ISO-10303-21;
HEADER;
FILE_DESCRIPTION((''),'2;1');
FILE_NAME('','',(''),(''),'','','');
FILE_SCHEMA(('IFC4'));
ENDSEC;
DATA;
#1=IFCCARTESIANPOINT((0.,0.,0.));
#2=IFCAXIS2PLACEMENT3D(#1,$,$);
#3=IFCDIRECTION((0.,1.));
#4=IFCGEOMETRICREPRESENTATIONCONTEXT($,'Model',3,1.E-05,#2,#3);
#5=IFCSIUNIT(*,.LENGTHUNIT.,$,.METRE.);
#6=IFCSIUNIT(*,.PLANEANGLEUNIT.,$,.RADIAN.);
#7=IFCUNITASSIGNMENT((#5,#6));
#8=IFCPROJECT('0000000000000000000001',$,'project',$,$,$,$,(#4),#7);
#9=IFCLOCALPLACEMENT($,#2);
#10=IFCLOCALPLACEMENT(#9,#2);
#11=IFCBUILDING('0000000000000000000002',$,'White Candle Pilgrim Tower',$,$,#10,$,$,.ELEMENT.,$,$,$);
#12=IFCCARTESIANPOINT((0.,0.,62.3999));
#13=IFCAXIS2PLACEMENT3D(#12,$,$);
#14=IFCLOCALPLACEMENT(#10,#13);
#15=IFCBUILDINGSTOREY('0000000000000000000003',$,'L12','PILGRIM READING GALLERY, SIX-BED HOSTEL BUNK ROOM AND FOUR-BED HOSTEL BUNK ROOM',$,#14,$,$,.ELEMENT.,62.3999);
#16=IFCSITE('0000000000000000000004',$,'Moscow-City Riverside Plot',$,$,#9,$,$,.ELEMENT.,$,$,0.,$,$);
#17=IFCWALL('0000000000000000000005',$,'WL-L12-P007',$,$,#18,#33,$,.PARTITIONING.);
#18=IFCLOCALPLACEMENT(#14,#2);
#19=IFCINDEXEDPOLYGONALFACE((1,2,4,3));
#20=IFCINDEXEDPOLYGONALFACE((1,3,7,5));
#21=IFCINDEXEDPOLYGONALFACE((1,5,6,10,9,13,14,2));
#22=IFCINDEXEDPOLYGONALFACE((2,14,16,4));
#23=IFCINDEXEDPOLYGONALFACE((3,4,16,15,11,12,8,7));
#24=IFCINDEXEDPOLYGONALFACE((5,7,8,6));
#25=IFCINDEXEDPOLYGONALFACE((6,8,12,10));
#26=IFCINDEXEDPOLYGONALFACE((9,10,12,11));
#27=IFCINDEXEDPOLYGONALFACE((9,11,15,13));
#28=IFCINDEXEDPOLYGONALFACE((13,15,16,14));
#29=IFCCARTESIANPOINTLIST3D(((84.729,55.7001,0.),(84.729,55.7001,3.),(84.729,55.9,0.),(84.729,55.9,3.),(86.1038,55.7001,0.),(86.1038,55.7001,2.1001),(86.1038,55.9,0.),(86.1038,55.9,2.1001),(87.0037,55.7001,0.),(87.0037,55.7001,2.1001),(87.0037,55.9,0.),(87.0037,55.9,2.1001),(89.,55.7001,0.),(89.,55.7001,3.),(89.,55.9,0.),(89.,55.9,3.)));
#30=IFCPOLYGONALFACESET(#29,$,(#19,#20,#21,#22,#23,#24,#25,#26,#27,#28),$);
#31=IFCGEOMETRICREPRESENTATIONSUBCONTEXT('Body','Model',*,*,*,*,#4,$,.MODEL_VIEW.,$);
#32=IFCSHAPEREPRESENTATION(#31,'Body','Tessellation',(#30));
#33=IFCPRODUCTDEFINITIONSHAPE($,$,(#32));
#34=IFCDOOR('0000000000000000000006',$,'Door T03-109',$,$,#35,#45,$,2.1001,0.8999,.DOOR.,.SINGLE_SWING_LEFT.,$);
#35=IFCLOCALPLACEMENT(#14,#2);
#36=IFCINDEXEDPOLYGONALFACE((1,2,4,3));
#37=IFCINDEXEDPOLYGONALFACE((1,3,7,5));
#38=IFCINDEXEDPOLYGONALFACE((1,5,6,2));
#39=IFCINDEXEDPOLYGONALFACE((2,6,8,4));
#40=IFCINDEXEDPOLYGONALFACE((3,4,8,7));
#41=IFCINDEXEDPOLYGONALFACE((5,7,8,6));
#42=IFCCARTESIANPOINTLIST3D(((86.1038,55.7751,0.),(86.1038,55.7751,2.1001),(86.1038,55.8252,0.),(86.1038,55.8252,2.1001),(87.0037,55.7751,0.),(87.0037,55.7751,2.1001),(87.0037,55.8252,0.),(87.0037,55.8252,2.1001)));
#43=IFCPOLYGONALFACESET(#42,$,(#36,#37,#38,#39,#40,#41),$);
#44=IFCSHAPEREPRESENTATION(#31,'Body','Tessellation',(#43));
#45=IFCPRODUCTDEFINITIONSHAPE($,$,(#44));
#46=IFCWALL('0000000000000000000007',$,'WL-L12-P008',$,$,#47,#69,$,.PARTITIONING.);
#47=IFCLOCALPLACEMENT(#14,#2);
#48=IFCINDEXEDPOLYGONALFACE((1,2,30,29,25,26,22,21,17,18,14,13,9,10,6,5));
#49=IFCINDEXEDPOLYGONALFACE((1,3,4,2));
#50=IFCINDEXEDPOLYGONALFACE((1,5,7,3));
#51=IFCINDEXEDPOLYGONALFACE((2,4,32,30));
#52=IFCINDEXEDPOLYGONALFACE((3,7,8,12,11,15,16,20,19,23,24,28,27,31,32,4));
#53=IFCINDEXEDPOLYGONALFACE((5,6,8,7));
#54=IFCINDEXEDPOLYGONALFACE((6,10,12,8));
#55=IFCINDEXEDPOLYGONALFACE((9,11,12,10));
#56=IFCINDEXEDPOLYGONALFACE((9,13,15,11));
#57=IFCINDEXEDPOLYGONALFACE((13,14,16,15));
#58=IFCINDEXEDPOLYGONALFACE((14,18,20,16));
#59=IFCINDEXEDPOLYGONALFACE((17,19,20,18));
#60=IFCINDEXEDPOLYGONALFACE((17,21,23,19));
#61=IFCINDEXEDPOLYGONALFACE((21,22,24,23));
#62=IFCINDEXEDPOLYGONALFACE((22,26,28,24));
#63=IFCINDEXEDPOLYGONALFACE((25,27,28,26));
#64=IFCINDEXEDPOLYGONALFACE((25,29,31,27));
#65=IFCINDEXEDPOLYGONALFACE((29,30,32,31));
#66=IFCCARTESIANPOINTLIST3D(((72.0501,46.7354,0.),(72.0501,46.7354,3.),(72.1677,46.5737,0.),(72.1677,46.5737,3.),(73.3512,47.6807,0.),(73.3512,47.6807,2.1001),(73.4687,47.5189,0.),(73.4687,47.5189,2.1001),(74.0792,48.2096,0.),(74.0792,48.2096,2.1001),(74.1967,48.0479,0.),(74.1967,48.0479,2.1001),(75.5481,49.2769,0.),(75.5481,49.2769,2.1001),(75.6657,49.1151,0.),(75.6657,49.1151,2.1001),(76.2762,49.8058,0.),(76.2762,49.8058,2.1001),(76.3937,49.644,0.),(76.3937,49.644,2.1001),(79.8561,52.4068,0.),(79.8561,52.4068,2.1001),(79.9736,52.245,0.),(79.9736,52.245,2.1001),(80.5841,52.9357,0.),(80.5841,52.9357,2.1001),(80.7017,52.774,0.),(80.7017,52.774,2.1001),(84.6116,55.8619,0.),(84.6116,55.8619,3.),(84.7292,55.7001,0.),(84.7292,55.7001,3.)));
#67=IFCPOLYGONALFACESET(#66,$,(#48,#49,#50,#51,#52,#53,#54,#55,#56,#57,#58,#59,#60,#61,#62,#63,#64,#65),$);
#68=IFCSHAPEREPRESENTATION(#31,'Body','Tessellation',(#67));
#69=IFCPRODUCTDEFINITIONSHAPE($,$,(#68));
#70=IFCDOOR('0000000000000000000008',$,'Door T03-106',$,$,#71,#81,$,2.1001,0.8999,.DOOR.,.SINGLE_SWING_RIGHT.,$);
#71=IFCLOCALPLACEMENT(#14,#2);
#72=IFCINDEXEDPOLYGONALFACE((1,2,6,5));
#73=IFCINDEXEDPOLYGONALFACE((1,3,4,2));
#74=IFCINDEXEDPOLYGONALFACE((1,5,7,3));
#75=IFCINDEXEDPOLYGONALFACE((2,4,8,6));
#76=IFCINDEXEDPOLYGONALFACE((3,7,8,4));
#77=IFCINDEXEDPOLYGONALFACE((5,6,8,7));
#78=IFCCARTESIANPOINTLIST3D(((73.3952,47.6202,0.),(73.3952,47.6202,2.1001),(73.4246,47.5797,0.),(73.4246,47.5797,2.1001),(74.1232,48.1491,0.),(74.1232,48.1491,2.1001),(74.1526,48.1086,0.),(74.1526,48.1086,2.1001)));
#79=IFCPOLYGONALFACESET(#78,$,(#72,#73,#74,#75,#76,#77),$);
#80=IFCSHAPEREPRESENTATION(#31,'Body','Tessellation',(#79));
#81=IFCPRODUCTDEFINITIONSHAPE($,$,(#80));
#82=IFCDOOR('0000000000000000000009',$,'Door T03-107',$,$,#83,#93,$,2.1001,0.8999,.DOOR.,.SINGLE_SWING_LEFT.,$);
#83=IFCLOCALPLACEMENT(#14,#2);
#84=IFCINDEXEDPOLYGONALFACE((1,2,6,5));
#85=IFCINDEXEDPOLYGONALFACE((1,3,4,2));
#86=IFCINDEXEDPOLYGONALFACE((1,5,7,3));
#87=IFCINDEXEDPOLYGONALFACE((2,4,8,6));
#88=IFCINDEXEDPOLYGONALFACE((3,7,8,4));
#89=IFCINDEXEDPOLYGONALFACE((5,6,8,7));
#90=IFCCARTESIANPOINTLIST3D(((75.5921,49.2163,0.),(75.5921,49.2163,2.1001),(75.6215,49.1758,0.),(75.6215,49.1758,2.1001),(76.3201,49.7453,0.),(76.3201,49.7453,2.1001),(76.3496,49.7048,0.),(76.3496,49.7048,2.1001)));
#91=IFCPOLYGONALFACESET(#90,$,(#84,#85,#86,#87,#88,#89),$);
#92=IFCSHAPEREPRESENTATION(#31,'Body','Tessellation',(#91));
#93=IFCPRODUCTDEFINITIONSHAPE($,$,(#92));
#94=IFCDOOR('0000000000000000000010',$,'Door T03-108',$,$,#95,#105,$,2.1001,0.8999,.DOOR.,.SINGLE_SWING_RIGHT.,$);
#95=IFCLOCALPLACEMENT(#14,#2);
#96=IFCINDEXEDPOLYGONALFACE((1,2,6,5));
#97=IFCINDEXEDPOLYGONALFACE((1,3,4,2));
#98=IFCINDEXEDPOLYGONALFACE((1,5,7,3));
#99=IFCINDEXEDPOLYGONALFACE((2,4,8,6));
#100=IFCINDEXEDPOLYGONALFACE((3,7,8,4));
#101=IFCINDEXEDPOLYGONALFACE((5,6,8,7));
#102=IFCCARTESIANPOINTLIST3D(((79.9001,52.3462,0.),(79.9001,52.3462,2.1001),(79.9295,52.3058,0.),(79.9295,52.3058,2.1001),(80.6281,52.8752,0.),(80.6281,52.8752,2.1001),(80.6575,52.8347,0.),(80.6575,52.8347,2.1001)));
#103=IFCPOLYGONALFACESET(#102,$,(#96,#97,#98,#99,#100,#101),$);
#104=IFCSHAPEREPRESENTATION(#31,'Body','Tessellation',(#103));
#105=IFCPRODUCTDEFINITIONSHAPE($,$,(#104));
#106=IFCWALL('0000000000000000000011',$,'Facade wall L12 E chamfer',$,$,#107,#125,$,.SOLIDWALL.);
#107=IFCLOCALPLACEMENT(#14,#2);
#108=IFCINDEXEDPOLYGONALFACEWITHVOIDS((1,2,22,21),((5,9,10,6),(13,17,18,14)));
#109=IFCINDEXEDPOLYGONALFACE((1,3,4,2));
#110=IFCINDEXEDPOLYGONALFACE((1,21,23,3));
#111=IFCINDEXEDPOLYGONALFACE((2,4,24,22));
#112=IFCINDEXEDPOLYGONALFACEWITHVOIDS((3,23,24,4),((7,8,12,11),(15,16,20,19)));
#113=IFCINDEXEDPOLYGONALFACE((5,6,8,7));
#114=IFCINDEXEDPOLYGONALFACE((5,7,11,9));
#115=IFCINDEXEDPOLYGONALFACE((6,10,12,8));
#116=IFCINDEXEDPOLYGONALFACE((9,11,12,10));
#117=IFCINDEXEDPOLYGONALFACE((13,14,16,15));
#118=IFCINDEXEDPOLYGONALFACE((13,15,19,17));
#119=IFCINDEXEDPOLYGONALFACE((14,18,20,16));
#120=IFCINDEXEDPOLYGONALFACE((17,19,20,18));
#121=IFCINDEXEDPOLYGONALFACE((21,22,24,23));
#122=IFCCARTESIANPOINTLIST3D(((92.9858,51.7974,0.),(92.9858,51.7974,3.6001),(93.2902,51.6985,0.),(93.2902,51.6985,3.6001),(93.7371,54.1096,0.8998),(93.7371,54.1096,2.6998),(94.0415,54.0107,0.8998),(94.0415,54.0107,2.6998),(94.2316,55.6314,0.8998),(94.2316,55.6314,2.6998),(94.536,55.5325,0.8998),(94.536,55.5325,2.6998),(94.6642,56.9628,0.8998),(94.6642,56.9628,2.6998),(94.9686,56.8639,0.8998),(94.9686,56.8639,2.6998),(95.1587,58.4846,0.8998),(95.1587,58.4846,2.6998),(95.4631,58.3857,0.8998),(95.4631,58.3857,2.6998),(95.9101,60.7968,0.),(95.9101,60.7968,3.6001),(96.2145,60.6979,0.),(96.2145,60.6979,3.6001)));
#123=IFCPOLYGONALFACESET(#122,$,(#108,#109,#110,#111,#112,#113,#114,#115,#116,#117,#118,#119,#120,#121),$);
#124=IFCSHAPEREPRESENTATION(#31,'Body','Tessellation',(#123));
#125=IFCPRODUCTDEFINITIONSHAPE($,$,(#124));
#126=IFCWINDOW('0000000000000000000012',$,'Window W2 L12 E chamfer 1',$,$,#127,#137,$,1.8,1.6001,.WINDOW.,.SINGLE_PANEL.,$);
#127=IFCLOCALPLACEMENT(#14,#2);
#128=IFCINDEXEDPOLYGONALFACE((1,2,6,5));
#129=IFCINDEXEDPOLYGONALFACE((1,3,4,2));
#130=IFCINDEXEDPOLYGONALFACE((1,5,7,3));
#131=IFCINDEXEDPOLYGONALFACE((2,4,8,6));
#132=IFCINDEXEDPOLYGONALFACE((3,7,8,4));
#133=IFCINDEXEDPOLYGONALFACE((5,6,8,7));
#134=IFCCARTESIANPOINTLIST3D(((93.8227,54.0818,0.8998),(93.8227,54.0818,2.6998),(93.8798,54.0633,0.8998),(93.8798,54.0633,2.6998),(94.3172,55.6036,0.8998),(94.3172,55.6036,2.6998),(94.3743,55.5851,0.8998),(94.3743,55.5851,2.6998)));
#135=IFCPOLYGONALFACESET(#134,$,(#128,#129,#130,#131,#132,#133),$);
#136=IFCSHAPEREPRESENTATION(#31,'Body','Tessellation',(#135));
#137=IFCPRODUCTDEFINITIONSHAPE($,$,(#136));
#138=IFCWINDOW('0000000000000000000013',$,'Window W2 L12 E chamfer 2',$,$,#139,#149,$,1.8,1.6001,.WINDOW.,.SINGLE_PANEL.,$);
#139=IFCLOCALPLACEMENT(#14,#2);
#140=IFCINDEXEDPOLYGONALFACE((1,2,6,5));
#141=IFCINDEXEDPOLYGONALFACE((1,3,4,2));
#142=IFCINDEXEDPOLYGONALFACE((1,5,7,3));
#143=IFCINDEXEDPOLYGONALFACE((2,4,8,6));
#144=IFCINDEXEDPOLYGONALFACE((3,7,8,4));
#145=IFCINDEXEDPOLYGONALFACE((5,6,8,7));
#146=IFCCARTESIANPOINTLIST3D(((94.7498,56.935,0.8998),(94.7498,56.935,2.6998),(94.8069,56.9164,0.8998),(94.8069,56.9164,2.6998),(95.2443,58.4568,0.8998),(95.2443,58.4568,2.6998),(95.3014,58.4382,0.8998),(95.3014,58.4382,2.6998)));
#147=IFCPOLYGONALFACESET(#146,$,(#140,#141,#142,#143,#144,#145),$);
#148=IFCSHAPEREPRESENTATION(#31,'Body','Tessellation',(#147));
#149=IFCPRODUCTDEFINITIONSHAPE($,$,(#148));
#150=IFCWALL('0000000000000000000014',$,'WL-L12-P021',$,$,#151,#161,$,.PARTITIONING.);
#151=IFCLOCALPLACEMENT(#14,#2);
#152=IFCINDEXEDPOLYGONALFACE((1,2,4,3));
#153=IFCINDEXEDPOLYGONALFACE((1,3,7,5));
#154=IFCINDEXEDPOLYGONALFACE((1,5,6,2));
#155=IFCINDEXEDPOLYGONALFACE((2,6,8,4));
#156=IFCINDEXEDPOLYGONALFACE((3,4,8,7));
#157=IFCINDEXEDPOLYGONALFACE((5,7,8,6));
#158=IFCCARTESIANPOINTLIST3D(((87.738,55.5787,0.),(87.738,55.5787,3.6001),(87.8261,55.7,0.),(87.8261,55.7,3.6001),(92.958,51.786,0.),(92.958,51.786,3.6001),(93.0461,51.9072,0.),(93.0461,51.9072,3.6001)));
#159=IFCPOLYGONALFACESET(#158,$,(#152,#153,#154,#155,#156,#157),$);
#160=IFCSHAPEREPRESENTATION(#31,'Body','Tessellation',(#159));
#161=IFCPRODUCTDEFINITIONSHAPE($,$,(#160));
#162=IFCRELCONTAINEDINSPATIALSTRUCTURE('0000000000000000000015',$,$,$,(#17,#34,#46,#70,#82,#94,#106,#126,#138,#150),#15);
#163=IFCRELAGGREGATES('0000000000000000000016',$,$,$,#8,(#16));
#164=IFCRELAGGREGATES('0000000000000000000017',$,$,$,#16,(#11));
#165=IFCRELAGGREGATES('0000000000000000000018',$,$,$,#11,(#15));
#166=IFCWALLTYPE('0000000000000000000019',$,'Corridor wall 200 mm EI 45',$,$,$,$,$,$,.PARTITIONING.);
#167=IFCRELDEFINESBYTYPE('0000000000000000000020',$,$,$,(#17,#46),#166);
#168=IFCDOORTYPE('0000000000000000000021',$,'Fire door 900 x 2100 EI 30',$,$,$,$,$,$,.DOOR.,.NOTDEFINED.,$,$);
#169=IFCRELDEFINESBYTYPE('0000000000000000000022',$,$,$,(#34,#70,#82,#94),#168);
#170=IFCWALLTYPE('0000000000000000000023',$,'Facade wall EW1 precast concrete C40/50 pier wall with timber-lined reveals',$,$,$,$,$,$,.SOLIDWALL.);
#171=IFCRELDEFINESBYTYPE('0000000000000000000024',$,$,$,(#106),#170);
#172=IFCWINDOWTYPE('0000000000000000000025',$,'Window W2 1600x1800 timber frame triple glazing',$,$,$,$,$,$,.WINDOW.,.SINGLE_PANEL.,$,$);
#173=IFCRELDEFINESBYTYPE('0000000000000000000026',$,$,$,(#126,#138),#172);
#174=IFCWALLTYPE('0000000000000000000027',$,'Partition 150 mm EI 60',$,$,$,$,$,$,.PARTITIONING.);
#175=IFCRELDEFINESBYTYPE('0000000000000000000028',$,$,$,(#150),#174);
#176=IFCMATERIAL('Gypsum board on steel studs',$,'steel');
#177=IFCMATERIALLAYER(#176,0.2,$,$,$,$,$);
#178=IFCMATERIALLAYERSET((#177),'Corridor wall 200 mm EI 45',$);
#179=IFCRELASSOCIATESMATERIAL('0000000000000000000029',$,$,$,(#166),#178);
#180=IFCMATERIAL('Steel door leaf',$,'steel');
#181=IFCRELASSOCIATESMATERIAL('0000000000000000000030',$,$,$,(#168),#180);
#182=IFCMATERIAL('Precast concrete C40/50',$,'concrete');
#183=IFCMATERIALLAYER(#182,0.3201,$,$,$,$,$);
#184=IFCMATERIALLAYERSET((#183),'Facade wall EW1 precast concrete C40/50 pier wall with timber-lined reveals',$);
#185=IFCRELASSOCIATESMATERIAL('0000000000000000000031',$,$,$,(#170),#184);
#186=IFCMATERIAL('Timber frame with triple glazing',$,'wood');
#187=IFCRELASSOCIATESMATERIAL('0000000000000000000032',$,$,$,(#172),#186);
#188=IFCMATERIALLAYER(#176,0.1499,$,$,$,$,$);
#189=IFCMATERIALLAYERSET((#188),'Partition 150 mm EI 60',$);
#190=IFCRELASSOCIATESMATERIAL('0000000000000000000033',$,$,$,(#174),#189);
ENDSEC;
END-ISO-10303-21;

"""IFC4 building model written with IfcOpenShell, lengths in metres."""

from ifc_helpers import new_model, si_unit, direction, frame, frame_2d, origin, place, context, subcontext, project, spatial, rectangle, extrude, material, layer, layer_set, type_object, element, fill, save


model = new_model("IFC4")

# Units and contexts
model_context = context("Model", 3, precision=1e-05, world=origin(), true_north=direction((0.0, 1.0)))
body_context = subcontext(model_context, "Body", "Model", "MODEL_VIEW")
ifc_project = project(units=[si_unit("LENGTHUNIT", "METRE"), si_unit("PLANEANGLEUNIT", "RADIAN")], contexts=[model_context])

# Site, building, storey
site_placement = place(None, origin())
site = spatial("IfcSite", under=ifc_project, at=site_placement, Name="Moscow-City Riverside Plot", CompositionType="ELEMENT", RefElevation=0.0)
building_placement = place(site_placement, origin())
building = spatial("IfcBuilding", under=site, at=building_placement, Name="White Candle Pilgrim Tower", CompositionType="ELEMENT")
storey_placement = place(building_placement, frame((0.0, 0.0, 62.3999)))
storey = spatial("IfcBuildingStorey", under=building, at=storey_placement, Name="L12", Description="PILGRIM READING GALLERY, SIX-BED HOSTEL BUNK ROOM AND FOUR-BED HOSTEL BUNK ROOM", CompositionType="ELEMENT", Elevation=62.3999)

# Wall, opening, door
ifc_material_1 = material(Name="Gypsum board on steel studs", Category="steel")
ifc_layer_1 = layer(ifc_material_1, 0.2)
ifc_layer_set_1 = layer_set([ifc_layer_1], Name="Corridor wall 200 mm EI 45")
wall_type_1 = type_object("IfcWallType", Name="Corridor wall 200 mm EI 45", PredefinedType="PARTITIONING", material=ifc_layer_set_1)
wall_1_placement = place(storey_placement, frame((89.0, 55.8, 0.0), z_axis=(0.0, 0.0, 1.0), x_axis=(-1.0, 0.0, 0.0)))
wall_1 = element("IfcWall", 1, at=wall_1_placement, inside=storey, type_object=wall_type_1, Name="WL-L12-P007", PredefinedType="PARTITIONING", context=body_context, shape_type="SweptSolid", body=[
    extrude(rectangle(XDim=4.271, YDim=0.2, at=frame_2d((2.1355, 0.0))), origin(), (0.0, 0.0, 1.0), 3.0),
])
opening_1_placement = place(wall_1_placement, frame((1.9963, 0.0, 0.0)))
opening_1 = element("IfcOpeningElement", 2, at=opening_1_placement, cuts=wall_1, PredefinedType="OPENING", context=body_context, shape_type="SweptSolid", body=[
    extrude(rectangle(XDim=0.8999, YDim=2.1001, at=frame_2d((0.45, 1.05))), frame((0.0, 0.1099, 0.0), z_axis=(0.0, -1.0, 0.0), x_axis=(1.0, 0.0, 0.0)), (0.0, 0.0, 1.0), 0.22),
])
ifc_material_2 = material(Name="Steel door leaf", Category="steel")
door_type = type_object("IfcDoorType", Name="Fire door 900 x 2100 EI 30", OperationType="NOTDEFINED", PredefinedType="DOOR", material=ifc_material_2)
door_1_placement = place(opening_1_placement, origin())
door_1 = element("IfcDoor", 3, at=door_1_placement, inside=storey, type_object=door_type, Name="Door T03-109", OperationType="SINGLE_SWING_LEFT", OverallHeight=2.1001, OverallWidth=0.8999, PredefinedType="DOOR", context=body_context, shape_type="SweptSolid", body=[
    extrude(rectangle(XDim=0.8999, YDim=2.1001, at=frame_2d((0.45, 1.05))), frame((0.0, 0.0249, 0.0), z_axis=(0.0, -1.0, 0.0), x_axis=(1.0, 0.0, 0.0)), (0.0, 0.0, 1.0), 0.05),
])
fill(opening_1, door_1)

# Wall, openings, doors
wall_2_placement = place(storey_placement, frame((84.6704, 55.781, 0.0), z_axis=(0.0, 0.0, 1.0), x_axis=(-0.809017, -0.587785, 0.0)))
wall_2 = element("IfcWall", 4, at=wall_2_placement, inside=storey, type_object=wall_type_1, Name="WL-L12-P008", PredefinedType="PARTITIONING", context=body_context, shape_type="SweptSolid", body=[
    extrude(rectangle(XDim=15.5269, YDim=0.2, at=frame_2d((7.7634, 0.0))), origin(), (0.0, 0.0, 1.0), 3.0),
])
opening_2_placement = place(wall_2_placement, frame((13.0188, 0.0, 0.0)))
opening_2 = element("IfcOpeningElement", 5, at=opening_2_placement, cuts=wall_2, PredefinedType="OPENING", context=body_context, shape_type="SweptSolid", body=[
    extrude(rectangle(XDim=0.8999, YDim=2.1001, at=frame_2d((0.45, 1.05))), frame((0.0, 0.1099, 0.0), z_axis=(0.0, -1.0, 0.0), x_axis=(1.0, 0.0, 0.0)), (0.0, 0.0, 1.0), 0.22),
])
opening_3_placement = place(wall_2_placement, frame((10.3032, 0.0, 0.0)))
opening_3 = element("IfcOpeningElement", 6, at=opening_3_placement, cuts=wall_2, PredefinedType="OPENING", context=body_context, shape_type="SweptSolid", body=[
    extrude(rectangle(XDim=0.8999, YDim=2.1001, at=frame_2d((0.45, 1.05))), frame((0.0, 0.1099, 0.0), z_axis=(0.0, -1.0, 0.0), x_axis=(1.0, 0.0, 0.0)), (0.0, 0.0, 1.0), 0.22),
])
opening_4_placement = place(wall_2_placement, frame((4.9783, 0.0, 0.0)))
opening_4 = element("IfcOpeningElement", 7, at=opening_4_placement, cuts=wall_2, PredefinedType="OPENING", context=body_context, shape_type="SweptSolid", body=[
    extrude(rectangle(XDim=0.8999, YDim=2.1001, at=frame_2d((0.45, 1.05))), frame((0.0, 0.1099, 0.0), z_axis=(0.0, -1.0, 0.0), x_axis=(1.0, 0.0, 0.0)), (0.0, 0.0, 1.0), 0.22),
])
door_2_placement = place(opening_2_placement, origin())
door_2 = element("IfcDoor", 8, at=door_2_placement, inside=storey, type_object=door_type, Name="Door T03-106", OperationType="SINGLE_SWING_RIGHT", OverallHeight=2.1001, OverallWidth=0.8999, PredefinedType="DOOR", context=body_context, shape_type="SweptSolid", body=[
    extrude(rectangle(XDim=0.8999, YDim=2.1001, at=frame_2d((0.45, 1.05))), frame((0.0, 0.0249, 0.0), z_axis=(0.0, -1.0, 0.0), x_axis=(1.0, 0.0, 0.0)), (0.0, 0.0, 1.0), 0.05),
])
fill(opening_2, door_2)
door_3_placement = place(opening_3_placement, origin())
door_3 = element("IfcDoor", 9, at=door_3_placement, inside=storey, type_object=door_type, Name="Door T03-107", OperationType="SINGLE_SWING_LEFT", OverallHeight=2.1001, OverallWidth=0.8999, PredefinedType="DOOR", context=body_context, shape_type="SweptSolid", body=[
    extrude(rectangle(XDim=0.8999, YDim=2.1001, at=frame_2d((0.45, 1.05))), frame((0.0, 0.0249, 0.0), z_axis=(0.0, -1.0, 0.0), x_axis=(1.0, 0.0, 0.0)), (0.0, 0.0, 1.0), 0.05),
])
fill(opening_3, door_3)
door_4_placement = place(opening_4_placement, origin())
door_4 = element("IfcDoor", 10, at=door_4_placement, inside=storey, type_object=door_type, Name="Door T03-108", OperationType="SINGLE_SWING_RIGHT", OverallHeight=2.1001, OverallWidth=0.8999, PredefinedType="DOOR", context=body_context, shape_type="SweptSolid", body=[
    extrude(rectangle(XDim=0.8999, YDim=2.1001, at=frame_2d((0.45, 1.05))), frame((0.0, 0.0249, 0.0), z_axis=(0.0, -1.0, 0.0), x_axis=(1.0, 0.0, 0.0)), (0.0, 0.0, 1.0), 0.05),
])
fill(opening_4, door_4)

# Wall, openings, windows
ifc_material_3 = material(Name="Precast concrete C40/50", Category="concrete")
ifc_layer_2 = layer(ifc_material_3, 0.3201)
ifc_layer_set_2 = layer_set([ifc_layer_2], Name="Facade wall EW1 precast concrete C40/50 pier wall with timber-lined reveals")
wall_type_2 = type_object("IfcWallType", Name="Facade wall EW1 precast concrete C40/50 pier wall with timber-lined reveals", PredefinedType="SOLIDWALL", material=ifc_layer_set_2)
wall_3_placement = place(storey_placement, frame((93.1379, 51.7478, 0.0), z_axis=(0.0, 0.0, 1.0), x_axis=(0.309036, 0.95105, 0.0)))
wall_3 = element("IfcWall", 11, at=wall_3_placement, inside=storey, type_object=wall_type_2, Name="Facade wall L12 E chamfer", PredefinedType="SOLIDWALL", context=body_context, shape_type="SweptSolid", body=[
    extrude(rectangle(XDim=9.4626, YDim=0.3201, at=frame_2d((4.7314, 0.0))), origin(), (0.0, 0.0, 1.0), 3.6001),
])
opening_5_placement = place(wall_3_placement, frame((2.4314, 0.0, 0.8999)))
opening_5 = element("IfcOpeningElement", 12, at=opening_5_placement, cuts=wall_3, PredefinedType="OPENING", context=body_context, shape_type="SweptSolid", body=[
    extrude(rectangle(XDim=1.6001, YDim=1.8, at=frame_2d((0.8, 0.8999))), frame((0.0, 0.1699, 0.0), z_axis=(0.0, -1.0, 0.0), x_axis=(1.0, 0.0, 0.0)), (0.0, 0.0, 1.0), 0.3401),
])
opening_6_placement = place(wall_3_placement, frame((5.4314, 0.0, 0.8999)))
opening_6 = element("IfcOpeningElement", 13, at=opening_6_placement, cuts=wall_3, PredefinedType="OPENING", context=body_context, shape_type="SweptSolid", body=[
    extrude(rectangle(XDim=1.6001, YDim=1.8, at=frame_2d((0.8, 0.8999))), frame((0.0, 0.1699, 0.0), z_axis=(0.0, -1.0, 0.0), x_axis=(1.0, 0.0, 0.0)), (0.0, 0.0, 1.0), 0.3401),
])
ifc_material_4 = material(Name="Timber frame with triple glazing", Category="wood")
window_type = type_object("IfcWindowType", Name="Window W2 1600x1800 timber frame triple glazing", PartitioningType="SINGLE_PANEL", PredefinedType="WINDOW", material=ifc_material_4)
window_1_placement = place(opening_5_placement, origin())
window_1 = element("IfcWindow", 14, at=window_1_placement, inside=storey, type_object=window_type, Name="Window W2 L12 E chamfer 1", OverallHeight=1.8, OverallWidth=1.6001, PartitioningType="SINGLE_PANEL", PredefinedType="WINDOW", context=body_context, shape_type="SweptSolid", body=[
    extrude(rectangle(XDim=1.6001, YDim=1.8, at=frame_2d((0.8, 0.8999))), frame((0.0, 0.0701, 0.0), z_axis=(0.0, -1.0, 0.0), x_axis=(1.0, 0.0, 0.0)), (0.0, 0.0, 1.0), 0.0601),
])
fill(opening_5, window_1)
window_2_placement = place(opening_6_placement, origin())
window_2 = element("IfcWindow", 15, at=window_2_placement, inside=storey, type_object=window_type, Name="Window W2 L12 E chamfer 2", OverallHeight=1.8, OverallWidth=1.6001, PartitioningType="SINGLE_PANEL", PredefinedType="WINDOW", context=body_context, shape_type="SweptSolid", body=[
    extrude(rectangle(XDim=1.6001, YDim=1.8, at=frame_2d((0.8, 0.8999))), frame((0.0, 0.0701, 0.0), z_axis=(0.0, -1.0, 0.0), x_axis=(1.0, 0.0, 0.0)), (0.0, 0.0, 1.0), 0.0601),
])
fill(opening_6, window_2)

# Wall
ifc_layer_3 = layer(ifc_material_1, 0.1499)
ifc_layer_set_3 = layer_set([ifc_layer_3], Name="Partition 150 mm EI 60")
wall_type_3 = type_object("IfcWallType", Name="Partition 150 mm EI 60", PredefinedType="PARTITIONING", material=ifc_layer_set_3)
wall_4_placement = place(storey_placement, frame((93.002, 51.8467, 0.0), z_axis=(0.0, 0.0, 1.0), x_axis=(-0.809003, 0.587805, 0.0)))
element("IfcWall", 16, at=wall_4_placement, inside=storey, type_object=wall_type_3, Name="WL-L12-P021", PredefinedType="PARTITIONING", context=body_context, shape_type="SweptSolid", body=[
    extrude(rectangle(XDim=6.4524, YDim=0.1499, at=frame_2d((3.2261, 0.0))), origin(), (0.0, 0.0, 1.0), 3.6001),
])

save(model, "model.ifc")
